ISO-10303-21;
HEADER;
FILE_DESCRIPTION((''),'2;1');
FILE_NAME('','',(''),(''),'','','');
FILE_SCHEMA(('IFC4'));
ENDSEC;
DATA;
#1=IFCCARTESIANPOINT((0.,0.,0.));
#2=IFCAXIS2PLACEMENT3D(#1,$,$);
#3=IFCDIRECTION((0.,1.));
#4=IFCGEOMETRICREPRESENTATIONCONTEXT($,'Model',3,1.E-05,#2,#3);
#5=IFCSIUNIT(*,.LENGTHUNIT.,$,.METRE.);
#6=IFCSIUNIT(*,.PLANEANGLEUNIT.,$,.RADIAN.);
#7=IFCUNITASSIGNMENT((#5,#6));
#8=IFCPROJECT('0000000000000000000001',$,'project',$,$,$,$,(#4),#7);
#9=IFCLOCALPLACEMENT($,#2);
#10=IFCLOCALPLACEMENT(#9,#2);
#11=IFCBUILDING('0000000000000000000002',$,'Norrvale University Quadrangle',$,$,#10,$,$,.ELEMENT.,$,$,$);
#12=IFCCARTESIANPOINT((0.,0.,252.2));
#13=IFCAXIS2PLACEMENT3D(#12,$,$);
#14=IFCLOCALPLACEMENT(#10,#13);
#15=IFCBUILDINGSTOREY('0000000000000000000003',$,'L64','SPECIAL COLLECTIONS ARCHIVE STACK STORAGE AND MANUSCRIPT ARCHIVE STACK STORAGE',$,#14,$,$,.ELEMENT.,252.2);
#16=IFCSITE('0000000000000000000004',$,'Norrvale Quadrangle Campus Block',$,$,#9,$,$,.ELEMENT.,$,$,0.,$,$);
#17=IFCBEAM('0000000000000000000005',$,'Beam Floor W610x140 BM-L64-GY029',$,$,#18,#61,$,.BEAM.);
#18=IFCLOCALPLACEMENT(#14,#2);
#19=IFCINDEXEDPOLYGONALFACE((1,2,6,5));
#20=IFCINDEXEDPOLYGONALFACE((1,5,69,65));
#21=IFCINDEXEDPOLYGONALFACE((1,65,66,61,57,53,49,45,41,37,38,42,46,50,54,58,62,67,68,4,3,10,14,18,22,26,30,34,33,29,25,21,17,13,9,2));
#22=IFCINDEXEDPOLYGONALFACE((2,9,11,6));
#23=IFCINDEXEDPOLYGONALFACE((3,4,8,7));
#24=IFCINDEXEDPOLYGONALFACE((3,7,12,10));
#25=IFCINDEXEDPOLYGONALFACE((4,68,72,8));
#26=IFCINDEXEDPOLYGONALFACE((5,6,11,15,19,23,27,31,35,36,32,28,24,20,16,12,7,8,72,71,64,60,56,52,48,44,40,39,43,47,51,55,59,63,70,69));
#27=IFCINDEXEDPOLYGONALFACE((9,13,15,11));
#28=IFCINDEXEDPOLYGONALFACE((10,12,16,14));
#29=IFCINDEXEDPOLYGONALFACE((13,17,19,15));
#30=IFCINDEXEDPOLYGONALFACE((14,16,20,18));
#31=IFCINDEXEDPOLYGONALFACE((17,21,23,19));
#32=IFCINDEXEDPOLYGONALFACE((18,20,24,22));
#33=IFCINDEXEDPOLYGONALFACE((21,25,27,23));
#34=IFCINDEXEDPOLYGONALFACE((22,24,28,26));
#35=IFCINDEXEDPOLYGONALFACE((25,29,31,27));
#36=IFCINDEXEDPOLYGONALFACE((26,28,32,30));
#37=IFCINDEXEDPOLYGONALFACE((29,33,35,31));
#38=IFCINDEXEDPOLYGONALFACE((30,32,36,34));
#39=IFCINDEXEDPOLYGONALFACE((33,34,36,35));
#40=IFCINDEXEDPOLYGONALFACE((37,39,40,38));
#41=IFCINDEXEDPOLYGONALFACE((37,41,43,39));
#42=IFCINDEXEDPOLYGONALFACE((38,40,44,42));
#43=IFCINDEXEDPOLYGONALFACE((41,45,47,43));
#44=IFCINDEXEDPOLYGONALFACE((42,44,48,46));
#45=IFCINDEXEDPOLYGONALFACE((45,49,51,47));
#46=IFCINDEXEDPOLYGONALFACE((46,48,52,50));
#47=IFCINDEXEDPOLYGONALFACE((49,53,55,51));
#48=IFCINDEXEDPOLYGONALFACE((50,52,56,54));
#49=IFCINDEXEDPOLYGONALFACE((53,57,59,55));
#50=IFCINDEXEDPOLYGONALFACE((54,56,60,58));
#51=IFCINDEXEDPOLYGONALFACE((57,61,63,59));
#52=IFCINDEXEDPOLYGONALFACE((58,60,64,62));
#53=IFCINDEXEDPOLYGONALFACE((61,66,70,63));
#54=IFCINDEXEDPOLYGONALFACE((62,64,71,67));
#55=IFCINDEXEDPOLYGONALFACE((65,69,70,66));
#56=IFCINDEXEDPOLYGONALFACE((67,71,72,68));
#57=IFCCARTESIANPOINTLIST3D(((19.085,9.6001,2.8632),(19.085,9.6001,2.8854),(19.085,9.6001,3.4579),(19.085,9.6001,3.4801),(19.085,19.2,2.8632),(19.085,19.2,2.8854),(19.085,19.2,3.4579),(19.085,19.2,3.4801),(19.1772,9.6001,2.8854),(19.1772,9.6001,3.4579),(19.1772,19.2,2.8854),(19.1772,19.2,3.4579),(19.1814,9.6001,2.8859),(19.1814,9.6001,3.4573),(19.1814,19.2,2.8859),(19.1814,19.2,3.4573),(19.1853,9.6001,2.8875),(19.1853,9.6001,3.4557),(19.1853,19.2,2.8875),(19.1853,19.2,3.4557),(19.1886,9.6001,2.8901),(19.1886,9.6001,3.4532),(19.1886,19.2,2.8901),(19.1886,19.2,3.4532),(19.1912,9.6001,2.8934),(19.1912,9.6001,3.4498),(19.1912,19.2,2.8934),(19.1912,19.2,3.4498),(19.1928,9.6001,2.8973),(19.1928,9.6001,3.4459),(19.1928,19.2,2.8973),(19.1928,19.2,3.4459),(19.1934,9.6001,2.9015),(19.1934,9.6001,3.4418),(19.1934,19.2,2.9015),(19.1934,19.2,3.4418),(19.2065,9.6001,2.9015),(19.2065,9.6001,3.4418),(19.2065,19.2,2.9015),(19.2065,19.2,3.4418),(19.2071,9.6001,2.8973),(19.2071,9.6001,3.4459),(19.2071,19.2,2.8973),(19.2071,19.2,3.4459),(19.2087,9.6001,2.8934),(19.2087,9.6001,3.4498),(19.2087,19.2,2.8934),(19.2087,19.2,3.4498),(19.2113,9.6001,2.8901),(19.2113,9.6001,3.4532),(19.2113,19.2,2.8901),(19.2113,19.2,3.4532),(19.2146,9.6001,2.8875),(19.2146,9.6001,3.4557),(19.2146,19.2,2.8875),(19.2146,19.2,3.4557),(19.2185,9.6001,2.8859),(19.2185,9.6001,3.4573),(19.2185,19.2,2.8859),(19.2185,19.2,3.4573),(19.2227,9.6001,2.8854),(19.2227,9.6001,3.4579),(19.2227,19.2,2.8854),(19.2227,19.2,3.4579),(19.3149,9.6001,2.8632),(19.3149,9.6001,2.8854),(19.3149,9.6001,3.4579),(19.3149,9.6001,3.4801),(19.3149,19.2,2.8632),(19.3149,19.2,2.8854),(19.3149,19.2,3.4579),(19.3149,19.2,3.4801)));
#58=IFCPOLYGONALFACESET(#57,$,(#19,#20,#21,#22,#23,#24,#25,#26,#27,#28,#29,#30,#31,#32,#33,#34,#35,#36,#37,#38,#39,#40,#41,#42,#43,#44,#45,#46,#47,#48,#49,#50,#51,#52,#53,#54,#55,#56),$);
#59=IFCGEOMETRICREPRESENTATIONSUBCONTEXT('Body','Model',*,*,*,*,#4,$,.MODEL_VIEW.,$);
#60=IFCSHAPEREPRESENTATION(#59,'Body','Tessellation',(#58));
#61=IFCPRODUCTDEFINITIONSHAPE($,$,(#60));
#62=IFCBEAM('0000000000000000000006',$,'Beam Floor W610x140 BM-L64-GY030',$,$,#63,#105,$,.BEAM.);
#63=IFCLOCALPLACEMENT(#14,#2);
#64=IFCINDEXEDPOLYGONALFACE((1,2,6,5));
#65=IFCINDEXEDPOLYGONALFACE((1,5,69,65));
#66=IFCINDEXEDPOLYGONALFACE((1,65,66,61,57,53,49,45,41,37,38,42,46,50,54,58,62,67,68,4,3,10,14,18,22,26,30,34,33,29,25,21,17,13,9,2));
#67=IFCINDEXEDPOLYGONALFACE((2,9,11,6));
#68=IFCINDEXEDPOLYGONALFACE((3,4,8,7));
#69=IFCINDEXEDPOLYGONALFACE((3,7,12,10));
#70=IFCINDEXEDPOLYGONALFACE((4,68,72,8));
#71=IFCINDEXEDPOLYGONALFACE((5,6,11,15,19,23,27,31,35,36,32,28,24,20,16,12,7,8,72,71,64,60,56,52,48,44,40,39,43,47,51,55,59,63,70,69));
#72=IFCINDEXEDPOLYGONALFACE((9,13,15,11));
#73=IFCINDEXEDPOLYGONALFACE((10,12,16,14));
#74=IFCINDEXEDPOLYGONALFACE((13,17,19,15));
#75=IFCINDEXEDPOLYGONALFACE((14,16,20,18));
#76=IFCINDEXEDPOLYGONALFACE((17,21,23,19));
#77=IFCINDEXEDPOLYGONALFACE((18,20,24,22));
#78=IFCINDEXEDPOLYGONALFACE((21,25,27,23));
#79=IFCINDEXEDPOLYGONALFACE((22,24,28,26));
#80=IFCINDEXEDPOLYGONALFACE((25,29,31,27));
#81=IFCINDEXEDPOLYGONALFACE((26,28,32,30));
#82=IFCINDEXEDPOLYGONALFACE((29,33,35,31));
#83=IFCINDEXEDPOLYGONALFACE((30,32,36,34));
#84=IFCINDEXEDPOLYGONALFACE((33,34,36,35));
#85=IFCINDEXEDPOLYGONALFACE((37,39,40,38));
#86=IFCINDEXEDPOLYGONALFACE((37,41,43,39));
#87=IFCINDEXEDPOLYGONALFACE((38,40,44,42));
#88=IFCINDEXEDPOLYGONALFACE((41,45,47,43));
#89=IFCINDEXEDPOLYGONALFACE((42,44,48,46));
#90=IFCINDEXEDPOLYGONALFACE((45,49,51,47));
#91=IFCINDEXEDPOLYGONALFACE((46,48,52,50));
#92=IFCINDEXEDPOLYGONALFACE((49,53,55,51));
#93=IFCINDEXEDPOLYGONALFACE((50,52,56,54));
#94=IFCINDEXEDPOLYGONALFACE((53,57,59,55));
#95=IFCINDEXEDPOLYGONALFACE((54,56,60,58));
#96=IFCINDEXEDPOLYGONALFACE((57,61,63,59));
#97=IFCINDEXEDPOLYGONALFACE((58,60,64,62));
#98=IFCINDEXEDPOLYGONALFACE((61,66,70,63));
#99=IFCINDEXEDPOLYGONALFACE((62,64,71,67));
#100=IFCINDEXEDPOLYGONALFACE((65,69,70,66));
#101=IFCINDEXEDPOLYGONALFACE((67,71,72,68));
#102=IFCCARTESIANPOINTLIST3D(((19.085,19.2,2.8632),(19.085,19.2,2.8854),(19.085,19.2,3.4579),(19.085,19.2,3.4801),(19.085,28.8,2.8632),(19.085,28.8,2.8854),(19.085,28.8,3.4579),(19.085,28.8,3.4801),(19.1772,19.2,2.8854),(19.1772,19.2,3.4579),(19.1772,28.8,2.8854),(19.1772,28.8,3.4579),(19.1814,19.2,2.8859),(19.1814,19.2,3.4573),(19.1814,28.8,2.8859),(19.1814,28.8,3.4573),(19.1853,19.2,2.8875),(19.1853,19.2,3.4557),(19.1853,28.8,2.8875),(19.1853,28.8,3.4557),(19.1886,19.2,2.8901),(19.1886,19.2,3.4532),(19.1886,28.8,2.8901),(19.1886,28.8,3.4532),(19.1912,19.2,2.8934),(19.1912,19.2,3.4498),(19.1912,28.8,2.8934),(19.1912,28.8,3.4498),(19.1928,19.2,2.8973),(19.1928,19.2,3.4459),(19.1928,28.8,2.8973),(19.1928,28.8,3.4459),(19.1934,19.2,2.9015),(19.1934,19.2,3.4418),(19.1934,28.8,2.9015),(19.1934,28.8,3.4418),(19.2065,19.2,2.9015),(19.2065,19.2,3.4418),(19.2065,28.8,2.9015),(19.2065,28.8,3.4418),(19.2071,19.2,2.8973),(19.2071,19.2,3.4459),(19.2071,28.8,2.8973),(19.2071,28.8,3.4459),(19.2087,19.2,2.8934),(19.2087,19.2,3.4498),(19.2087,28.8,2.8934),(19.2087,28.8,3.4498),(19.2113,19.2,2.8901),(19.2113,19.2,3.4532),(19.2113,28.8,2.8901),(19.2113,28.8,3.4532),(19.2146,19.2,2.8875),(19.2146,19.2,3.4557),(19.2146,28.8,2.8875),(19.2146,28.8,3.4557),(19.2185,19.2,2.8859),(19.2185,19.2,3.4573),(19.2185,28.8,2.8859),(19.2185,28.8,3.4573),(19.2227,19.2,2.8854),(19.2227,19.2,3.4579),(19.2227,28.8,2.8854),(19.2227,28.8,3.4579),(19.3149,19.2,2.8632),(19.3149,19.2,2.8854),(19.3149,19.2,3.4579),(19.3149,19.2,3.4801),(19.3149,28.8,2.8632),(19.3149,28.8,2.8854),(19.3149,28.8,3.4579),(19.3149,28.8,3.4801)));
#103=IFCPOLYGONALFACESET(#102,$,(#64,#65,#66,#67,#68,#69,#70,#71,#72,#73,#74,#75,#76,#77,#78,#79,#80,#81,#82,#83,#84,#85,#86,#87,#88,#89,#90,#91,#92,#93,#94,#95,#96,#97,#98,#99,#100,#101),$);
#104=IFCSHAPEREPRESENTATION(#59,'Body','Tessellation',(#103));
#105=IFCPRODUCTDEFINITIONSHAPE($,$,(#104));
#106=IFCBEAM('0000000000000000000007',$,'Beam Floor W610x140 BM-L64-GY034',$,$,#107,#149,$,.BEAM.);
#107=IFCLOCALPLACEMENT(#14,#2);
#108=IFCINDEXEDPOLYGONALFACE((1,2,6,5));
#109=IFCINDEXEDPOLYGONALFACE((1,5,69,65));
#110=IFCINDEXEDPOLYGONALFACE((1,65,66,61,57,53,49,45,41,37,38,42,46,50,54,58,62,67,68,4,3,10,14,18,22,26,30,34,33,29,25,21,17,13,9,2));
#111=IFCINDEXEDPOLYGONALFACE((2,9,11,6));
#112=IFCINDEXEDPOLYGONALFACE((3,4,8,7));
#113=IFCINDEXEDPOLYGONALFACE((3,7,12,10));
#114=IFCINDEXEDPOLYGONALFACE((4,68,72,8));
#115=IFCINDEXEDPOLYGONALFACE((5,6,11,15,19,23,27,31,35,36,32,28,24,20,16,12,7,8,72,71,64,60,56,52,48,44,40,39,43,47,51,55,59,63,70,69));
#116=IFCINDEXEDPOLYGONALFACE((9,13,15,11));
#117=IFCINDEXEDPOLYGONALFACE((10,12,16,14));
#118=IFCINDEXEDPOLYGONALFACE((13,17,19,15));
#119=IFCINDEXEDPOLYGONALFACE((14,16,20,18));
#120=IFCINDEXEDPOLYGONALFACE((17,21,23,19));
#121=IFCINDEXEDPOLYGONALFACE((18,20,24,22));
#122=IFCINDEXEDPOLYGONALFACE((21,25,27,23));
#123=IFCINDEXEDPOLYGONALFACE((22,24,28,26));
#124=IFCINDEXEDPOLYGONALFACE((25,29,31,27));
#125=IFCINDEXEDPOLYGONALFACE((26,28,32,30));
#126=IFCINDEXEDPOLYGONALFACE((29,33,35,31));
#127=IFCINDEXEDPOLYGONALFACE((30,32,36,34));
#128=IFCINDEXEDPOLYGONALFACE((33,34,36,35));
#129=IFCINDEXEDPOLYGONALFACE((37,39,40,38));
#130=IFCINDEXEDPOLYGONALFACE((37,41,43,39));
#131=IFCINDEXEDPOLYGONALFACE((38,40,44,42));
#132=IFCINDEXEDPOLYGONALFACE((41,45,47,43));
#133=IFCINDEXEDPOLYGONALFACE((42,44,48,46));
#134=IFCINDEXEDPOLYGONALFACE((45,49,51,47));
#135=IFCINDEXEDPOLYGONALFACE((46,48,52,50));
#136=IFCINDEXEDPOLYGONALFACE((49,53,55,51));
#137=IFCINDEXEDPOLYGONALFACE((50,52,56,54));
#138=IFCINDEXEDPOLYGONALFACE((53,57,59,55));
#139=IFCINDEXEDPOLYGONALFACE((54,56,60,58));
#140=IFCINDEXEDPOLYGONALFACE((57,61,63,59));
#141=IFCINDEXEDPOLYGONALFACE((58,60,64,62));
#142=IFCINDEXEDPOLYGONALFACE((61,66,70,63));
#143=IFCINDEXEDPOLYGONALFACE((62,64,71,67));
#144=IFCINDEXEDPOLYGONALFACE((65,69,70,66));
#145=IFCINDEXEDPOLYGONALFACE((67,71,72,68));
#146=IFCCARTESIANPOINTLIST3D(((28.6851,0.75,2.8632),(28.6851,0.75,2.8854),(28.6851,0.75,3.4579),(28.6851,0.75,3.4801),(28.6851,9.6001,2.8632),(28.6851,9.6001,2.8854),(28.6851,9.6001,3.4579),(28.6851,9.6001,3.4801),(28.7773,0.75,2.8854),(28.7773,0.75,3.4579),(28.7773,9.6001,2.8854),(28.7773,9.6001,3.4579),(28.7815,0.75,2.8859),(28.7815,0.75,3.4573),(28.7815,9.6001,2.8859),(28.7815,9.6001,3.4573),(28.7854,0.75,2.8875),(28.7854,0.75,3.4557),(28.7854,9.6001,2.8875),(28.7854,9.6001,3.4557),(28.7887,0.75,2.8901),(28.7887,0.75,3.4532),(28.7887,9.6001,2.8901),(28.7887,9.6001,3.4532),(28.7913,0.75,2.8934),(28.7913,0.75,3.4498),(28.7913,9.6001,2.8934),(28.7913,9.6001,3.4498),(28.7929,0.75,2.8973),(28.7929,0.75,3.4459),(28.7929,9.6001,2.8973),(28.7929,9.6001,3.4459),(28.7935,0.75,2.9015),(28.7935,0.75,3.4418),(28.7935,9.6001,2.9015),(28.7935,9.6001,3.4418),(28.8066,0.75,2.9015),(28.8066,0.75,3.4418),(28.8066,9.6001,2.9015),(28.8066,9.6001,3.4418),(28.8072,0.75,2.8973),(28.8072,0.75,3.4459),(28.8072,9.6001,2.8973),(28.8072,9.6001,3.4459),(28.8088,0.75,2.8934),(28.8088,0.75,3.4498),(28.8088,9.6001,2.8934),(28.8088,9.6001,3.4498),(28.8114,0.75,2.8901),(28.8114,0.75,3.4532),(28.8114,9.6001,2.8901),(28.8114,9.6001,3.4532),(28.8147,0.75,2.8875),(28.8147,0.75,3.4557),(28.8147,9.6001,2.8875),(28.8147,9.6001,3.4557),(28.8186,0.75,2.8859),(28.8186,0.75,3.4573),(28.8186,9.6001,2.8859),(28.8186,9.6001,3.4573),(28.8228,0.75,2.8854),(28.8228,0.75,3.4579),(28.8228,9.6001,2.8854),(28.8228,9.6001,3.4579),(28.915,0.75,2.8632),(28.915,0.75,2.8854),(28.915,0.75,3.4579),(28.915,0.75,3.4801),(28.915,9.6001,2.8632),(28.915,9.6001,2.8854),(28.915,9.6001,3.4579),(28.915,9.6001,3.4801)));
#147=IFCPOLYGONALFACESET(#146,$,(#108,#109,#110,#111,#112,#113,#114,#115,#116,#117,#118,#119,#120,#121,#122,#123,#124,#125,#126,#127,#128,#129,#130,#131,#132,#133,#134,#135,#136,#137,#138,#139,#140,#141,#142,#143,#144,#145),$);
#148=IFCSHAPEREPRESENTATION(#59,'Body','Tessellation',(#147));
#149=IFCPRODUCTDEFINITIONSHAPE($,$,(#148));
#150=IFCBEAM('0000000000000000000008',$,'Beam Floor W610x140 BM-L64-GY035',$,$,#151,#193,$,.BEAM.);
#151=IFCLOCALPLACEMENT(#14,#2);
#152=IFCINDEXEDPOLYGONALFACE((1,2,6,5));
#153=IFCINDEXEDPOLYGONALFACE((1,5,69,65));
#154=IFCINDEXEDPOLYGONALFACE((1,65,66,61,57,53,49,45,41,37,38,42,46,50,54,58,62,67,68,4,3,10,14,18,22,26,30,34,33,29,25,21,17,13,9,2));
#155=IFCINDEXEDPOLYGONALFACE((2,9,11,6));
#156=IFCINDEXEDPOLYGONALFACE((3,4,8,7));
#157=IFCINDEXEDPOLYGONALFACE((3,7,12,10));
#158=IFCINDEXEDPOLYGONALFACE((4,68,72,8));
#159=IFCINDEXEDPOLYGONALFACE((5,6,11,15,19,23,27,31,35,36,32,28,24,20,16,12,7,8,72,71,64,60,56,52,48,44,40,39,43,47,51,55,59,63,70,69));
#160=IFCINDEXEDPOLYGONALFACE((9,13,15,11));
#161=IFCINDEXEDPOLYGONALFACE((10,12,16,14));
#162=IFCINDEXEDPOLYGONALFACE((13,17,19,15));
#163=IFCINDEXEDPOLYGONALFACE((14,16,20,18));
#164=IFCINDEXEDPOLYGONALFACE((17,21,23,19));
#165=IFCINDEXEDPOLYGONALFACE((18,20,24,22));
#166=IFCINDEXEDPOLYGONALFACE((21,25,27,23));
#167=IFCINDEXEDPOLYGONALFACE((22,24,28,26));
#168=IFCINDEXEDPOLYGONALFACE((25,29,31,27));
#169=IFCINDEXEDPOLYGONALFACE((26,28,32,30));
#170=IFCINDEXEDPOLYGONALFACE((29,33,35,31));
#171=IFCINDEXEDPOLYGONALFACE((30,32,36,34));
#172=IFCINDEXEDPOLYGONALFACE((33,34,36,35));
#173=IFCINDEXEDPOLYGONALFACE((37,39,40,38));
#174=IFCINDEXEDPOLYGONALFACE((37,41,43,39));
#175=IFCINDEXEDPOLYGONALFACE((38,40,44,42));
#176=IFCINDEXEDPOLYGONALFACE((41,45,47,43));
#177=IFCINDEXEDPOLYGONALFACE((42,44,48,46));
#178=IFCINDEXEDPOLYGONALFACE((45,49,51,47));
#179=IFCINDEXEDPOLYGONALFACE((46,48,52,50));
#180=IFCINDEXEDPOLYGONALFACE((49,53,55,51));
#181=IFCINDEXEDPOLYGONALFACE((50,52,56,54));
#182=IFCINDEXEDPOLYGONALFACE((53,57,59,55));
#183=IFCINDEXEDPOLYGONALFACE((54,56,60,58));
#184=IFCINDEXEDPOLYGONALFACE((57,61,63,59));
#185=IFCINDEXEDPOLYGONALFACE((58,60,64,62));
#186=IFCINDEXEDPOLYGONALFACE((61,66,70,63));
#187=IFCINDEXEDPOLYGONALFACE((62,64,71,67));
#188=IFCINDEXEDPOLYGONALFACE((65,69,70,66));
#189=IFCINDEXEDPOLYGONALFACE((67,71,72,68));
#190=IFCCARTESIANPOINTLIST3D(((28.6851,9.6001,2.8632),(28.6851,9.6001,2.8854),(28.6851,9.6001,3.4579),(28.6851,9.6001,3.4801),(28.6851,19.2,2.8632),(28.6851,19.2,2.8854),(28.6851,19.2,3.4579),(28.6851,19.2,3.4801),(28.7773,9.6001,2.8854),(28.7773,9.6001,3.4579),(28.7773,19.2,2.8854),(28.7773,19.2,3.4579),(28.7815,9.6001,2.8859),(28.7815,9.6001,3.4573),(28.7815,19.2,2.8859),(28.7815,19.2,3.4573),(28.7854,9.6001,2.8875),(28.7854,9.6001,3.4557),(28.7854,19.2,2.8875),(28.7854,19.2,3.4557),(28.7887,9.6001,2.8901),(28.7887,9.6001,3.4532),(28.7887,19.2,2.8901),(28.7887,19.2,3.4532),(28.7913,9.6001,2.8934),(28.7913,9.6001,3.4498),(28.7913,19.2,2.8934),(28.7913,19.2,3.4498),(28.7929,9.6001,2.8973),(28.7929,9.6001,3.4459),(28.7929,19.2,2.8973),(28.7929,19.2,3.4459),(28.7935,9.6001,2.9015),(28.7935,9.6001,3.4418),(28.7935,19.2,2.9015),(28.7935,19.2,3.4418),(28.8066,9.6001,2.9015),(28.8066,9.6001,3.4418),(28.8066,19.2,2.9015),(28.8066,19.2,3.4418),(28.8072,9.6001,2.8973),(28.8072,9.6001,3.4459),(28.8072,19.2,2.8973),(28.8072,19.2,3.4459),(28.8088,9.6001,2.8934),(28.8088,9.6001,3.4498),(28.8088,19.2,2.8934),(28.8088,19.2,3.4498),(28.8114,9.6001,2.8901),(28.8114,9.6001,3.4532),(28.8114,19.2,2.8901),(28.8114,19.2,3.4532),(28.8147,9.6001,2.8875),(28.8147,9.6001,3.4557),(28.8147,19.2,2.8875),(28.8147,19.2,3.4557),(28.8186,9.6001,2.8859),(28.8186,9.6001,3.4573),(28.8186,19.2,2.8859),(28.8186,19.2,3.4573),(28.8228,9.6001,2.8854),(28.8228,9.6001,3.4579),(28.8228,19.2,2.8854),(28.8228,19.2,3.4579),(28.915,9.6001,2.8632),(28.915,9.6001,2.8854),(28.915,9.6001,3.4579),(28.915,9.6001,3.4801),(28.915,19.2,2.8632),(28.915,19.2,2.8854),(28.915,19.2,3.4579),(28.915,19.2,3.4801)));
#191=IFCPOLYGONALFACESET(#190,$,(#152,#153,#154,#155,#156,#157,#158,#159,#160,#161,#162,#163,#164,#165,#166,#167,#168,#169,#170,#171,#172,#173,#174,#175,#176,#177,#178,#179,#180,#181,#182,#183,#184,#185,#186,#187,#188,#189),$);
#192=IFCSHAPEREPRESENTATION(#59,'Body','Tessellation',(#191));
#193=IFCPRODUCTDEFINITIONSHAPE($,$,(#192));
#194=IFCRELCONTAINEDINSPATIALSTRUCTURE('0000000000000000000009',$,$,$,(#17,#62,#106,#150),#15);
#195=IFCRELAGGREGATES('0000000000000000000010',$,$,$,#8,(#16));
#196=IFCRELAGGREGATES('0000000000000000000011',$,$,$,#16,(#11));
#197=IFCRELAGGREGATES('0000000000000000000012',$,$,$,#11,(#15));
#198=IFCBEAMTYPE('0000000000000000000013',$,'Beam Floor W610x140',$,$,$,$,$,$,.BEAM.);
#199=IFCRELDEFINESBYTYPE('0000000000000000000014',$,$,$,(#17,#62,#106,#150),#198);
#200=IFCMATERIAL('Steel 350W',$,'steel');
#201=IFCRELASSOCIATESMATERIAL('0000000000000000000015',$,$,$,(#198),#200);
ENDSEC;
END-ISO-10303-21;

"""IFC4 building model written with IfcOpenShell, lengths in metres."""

from ifc_helpers import new_model, si_unit, direction, frame, origin, origin_2d, place, context, subcontext, project, spatial, i_section, extrude, material, material_profile, profile_set, type_object, element, save


model = new_model("IFC4")

# Units and contexts
model_context = context("Model", 3, precision=1e-05, world=origin(), true_north=direction((0.0, 1.0)))
body_context = subcontext(model_context, "Body", "Model", "MODEL_VIEW")
ifc_project = project(units=[si_unit("LENGTHUNIT", "METRE"), si_unit("PLANEANGLEUNIT", "RADIAN")], contexts=[model_context])

# Site, building, storey
site_placement = place(None, origin())
site = spatial("IfcSite", under=ifc_project, at=site_placement, Name="Norrvale Quadrangle Campus Block", CompositionType="ELEMENT", RefElevation=0.0)
building_placement = place(site_placement, origin())
building = spatial("IfcBuilding", under=site, at=building_placement, Name="Norrvale University Quadrangle", CompositionType="ELEMENT")
storey_placement = place(building_placement, frame((0.0, 0.0, 252.2)))
storey = spatial("IfcBuildingStorey", under=building, at=storey_placement, Name="L64", Description="SPECIAL COLLECTIONS ARCHIVE STACK STORAGE AND MANUSCRIPT ARCHIVE STACK STORAGE", CompositionType="ELEMENT", Elevation=252.2)

# Beams
ifc_material_1 = material(Name="Steel 350W", Category="steel")
ifc_material_profile_1 = material_profile(ifc_material_1, i_section(OverallWidth=0.23, OverallDepth=0.6169, WebThickness=0.0132, FlangeThickness=0.0222, FilletRadius=0.0161, at=origin_2d()), Name="Steel 350W")
ifc_profile_set_1 = profile_set([ifc_material_profile_1], Name="Steel 350W")
beam_type_1 = type_object("IfcBeamType", Name="Beam Floor W610x140", PredefinedType="BEAM", material=ifc_profile_set_1)
beam_1_placement = place(storey_placement, frame((19.2, 9.6001, 3.1716), z_axis=(0.0, 1.0, 0.0), x_axis=(-1.0, 0.0, 0.0)))
element("IfcBeam", 1, at=beam_1_placement, inside=storey, type_object=beam_type_1, Name="Beam Floor W610x140 BM-L64-GY029", PredefinedType="BEAM", context=body_context, shape_type="SweptSolid", body=[
    extrude(i_section(OverallWidth=0.23, OverallDepth=0.6169, WebThickness=0.0132, FlangeThickness=0.0222, FilletRadius=0.0161, at=origin_2d()), origin(), (0.0, 0.0, 1.0), 9.5999),
])
beam_2_placement = place(storey_placement, frame((19.2, 19.2, 3.1716), z_axis=(0.0, 1.0, 0.0), x_axis=(-1.0, 0.0, 0.0)))
element("IfcBeam", 2, at=beam_2_placement, inside=storey, type_object=beam_type_1, Name="Beam Floor W610x140 BM-L64-GY030", PredefinedType="BEAM", context=body_context, shape_type="SweptSolid", body=[
    extrude(i_section(OverallWidth=0.23, OverallDepth=0.6169, WebThickness=0.0132, FlangeThickness=0.0222, FilletRadius=0.0161, at=origin_2d()), origin(), (0.0, 0.0, 1.0), 9.6001),
])
beam_3_placement = place(storey_placement, frame((28.8, 0.75, 3.1716), z_axis=(0.0, 1.0, 0.0), x_axis=(-1.0, 0.0, 0.0)))
element("IfcBeam", 3, at=beam_3_placement, inside=storey, type_object=beam_type_1, Name="Beam Floor W610x140 BM-L64-GY034", PredefinedType="BEAM", context=body_context, shape_type="SweptSolid", body=[
    extrude(i_section(OverallWidth=0.23, OverallDepth=0.6169, WebThickness=0.0132, FlangeThickness=0.0222, FilletRadius=0.0161, at=origin_2d()), origin(), (0.0, 0.0, 1.0), 8.8501),
])
beam_4_placement = place(storey_placement, frame((28.8, 9.6001, 3.1716), z_axis=(0.0, 1.0, 0.0), x_axis=(-1.0, 0.0, 0.0)))
element("IfcBeam", 4, at=beam_4_placement, inside=storey, type_object=beam_type_1, Name="Beam Floor W610x140 BM-L64-GY035", PredefinedType="BEAM", context=body_context, shape_type="SweptSolid", body=[
    extrude(i_section(OverallWidth=0.23, OverallDepth=0.6169, WebThickness=0.0132, FlangeThickness=0.0222, FilletRadius=0.0161, at=origin_2d()), origin(), (0.0, 0.0, 1.0), 9.5999),
])

save(model, "model.ifc")
